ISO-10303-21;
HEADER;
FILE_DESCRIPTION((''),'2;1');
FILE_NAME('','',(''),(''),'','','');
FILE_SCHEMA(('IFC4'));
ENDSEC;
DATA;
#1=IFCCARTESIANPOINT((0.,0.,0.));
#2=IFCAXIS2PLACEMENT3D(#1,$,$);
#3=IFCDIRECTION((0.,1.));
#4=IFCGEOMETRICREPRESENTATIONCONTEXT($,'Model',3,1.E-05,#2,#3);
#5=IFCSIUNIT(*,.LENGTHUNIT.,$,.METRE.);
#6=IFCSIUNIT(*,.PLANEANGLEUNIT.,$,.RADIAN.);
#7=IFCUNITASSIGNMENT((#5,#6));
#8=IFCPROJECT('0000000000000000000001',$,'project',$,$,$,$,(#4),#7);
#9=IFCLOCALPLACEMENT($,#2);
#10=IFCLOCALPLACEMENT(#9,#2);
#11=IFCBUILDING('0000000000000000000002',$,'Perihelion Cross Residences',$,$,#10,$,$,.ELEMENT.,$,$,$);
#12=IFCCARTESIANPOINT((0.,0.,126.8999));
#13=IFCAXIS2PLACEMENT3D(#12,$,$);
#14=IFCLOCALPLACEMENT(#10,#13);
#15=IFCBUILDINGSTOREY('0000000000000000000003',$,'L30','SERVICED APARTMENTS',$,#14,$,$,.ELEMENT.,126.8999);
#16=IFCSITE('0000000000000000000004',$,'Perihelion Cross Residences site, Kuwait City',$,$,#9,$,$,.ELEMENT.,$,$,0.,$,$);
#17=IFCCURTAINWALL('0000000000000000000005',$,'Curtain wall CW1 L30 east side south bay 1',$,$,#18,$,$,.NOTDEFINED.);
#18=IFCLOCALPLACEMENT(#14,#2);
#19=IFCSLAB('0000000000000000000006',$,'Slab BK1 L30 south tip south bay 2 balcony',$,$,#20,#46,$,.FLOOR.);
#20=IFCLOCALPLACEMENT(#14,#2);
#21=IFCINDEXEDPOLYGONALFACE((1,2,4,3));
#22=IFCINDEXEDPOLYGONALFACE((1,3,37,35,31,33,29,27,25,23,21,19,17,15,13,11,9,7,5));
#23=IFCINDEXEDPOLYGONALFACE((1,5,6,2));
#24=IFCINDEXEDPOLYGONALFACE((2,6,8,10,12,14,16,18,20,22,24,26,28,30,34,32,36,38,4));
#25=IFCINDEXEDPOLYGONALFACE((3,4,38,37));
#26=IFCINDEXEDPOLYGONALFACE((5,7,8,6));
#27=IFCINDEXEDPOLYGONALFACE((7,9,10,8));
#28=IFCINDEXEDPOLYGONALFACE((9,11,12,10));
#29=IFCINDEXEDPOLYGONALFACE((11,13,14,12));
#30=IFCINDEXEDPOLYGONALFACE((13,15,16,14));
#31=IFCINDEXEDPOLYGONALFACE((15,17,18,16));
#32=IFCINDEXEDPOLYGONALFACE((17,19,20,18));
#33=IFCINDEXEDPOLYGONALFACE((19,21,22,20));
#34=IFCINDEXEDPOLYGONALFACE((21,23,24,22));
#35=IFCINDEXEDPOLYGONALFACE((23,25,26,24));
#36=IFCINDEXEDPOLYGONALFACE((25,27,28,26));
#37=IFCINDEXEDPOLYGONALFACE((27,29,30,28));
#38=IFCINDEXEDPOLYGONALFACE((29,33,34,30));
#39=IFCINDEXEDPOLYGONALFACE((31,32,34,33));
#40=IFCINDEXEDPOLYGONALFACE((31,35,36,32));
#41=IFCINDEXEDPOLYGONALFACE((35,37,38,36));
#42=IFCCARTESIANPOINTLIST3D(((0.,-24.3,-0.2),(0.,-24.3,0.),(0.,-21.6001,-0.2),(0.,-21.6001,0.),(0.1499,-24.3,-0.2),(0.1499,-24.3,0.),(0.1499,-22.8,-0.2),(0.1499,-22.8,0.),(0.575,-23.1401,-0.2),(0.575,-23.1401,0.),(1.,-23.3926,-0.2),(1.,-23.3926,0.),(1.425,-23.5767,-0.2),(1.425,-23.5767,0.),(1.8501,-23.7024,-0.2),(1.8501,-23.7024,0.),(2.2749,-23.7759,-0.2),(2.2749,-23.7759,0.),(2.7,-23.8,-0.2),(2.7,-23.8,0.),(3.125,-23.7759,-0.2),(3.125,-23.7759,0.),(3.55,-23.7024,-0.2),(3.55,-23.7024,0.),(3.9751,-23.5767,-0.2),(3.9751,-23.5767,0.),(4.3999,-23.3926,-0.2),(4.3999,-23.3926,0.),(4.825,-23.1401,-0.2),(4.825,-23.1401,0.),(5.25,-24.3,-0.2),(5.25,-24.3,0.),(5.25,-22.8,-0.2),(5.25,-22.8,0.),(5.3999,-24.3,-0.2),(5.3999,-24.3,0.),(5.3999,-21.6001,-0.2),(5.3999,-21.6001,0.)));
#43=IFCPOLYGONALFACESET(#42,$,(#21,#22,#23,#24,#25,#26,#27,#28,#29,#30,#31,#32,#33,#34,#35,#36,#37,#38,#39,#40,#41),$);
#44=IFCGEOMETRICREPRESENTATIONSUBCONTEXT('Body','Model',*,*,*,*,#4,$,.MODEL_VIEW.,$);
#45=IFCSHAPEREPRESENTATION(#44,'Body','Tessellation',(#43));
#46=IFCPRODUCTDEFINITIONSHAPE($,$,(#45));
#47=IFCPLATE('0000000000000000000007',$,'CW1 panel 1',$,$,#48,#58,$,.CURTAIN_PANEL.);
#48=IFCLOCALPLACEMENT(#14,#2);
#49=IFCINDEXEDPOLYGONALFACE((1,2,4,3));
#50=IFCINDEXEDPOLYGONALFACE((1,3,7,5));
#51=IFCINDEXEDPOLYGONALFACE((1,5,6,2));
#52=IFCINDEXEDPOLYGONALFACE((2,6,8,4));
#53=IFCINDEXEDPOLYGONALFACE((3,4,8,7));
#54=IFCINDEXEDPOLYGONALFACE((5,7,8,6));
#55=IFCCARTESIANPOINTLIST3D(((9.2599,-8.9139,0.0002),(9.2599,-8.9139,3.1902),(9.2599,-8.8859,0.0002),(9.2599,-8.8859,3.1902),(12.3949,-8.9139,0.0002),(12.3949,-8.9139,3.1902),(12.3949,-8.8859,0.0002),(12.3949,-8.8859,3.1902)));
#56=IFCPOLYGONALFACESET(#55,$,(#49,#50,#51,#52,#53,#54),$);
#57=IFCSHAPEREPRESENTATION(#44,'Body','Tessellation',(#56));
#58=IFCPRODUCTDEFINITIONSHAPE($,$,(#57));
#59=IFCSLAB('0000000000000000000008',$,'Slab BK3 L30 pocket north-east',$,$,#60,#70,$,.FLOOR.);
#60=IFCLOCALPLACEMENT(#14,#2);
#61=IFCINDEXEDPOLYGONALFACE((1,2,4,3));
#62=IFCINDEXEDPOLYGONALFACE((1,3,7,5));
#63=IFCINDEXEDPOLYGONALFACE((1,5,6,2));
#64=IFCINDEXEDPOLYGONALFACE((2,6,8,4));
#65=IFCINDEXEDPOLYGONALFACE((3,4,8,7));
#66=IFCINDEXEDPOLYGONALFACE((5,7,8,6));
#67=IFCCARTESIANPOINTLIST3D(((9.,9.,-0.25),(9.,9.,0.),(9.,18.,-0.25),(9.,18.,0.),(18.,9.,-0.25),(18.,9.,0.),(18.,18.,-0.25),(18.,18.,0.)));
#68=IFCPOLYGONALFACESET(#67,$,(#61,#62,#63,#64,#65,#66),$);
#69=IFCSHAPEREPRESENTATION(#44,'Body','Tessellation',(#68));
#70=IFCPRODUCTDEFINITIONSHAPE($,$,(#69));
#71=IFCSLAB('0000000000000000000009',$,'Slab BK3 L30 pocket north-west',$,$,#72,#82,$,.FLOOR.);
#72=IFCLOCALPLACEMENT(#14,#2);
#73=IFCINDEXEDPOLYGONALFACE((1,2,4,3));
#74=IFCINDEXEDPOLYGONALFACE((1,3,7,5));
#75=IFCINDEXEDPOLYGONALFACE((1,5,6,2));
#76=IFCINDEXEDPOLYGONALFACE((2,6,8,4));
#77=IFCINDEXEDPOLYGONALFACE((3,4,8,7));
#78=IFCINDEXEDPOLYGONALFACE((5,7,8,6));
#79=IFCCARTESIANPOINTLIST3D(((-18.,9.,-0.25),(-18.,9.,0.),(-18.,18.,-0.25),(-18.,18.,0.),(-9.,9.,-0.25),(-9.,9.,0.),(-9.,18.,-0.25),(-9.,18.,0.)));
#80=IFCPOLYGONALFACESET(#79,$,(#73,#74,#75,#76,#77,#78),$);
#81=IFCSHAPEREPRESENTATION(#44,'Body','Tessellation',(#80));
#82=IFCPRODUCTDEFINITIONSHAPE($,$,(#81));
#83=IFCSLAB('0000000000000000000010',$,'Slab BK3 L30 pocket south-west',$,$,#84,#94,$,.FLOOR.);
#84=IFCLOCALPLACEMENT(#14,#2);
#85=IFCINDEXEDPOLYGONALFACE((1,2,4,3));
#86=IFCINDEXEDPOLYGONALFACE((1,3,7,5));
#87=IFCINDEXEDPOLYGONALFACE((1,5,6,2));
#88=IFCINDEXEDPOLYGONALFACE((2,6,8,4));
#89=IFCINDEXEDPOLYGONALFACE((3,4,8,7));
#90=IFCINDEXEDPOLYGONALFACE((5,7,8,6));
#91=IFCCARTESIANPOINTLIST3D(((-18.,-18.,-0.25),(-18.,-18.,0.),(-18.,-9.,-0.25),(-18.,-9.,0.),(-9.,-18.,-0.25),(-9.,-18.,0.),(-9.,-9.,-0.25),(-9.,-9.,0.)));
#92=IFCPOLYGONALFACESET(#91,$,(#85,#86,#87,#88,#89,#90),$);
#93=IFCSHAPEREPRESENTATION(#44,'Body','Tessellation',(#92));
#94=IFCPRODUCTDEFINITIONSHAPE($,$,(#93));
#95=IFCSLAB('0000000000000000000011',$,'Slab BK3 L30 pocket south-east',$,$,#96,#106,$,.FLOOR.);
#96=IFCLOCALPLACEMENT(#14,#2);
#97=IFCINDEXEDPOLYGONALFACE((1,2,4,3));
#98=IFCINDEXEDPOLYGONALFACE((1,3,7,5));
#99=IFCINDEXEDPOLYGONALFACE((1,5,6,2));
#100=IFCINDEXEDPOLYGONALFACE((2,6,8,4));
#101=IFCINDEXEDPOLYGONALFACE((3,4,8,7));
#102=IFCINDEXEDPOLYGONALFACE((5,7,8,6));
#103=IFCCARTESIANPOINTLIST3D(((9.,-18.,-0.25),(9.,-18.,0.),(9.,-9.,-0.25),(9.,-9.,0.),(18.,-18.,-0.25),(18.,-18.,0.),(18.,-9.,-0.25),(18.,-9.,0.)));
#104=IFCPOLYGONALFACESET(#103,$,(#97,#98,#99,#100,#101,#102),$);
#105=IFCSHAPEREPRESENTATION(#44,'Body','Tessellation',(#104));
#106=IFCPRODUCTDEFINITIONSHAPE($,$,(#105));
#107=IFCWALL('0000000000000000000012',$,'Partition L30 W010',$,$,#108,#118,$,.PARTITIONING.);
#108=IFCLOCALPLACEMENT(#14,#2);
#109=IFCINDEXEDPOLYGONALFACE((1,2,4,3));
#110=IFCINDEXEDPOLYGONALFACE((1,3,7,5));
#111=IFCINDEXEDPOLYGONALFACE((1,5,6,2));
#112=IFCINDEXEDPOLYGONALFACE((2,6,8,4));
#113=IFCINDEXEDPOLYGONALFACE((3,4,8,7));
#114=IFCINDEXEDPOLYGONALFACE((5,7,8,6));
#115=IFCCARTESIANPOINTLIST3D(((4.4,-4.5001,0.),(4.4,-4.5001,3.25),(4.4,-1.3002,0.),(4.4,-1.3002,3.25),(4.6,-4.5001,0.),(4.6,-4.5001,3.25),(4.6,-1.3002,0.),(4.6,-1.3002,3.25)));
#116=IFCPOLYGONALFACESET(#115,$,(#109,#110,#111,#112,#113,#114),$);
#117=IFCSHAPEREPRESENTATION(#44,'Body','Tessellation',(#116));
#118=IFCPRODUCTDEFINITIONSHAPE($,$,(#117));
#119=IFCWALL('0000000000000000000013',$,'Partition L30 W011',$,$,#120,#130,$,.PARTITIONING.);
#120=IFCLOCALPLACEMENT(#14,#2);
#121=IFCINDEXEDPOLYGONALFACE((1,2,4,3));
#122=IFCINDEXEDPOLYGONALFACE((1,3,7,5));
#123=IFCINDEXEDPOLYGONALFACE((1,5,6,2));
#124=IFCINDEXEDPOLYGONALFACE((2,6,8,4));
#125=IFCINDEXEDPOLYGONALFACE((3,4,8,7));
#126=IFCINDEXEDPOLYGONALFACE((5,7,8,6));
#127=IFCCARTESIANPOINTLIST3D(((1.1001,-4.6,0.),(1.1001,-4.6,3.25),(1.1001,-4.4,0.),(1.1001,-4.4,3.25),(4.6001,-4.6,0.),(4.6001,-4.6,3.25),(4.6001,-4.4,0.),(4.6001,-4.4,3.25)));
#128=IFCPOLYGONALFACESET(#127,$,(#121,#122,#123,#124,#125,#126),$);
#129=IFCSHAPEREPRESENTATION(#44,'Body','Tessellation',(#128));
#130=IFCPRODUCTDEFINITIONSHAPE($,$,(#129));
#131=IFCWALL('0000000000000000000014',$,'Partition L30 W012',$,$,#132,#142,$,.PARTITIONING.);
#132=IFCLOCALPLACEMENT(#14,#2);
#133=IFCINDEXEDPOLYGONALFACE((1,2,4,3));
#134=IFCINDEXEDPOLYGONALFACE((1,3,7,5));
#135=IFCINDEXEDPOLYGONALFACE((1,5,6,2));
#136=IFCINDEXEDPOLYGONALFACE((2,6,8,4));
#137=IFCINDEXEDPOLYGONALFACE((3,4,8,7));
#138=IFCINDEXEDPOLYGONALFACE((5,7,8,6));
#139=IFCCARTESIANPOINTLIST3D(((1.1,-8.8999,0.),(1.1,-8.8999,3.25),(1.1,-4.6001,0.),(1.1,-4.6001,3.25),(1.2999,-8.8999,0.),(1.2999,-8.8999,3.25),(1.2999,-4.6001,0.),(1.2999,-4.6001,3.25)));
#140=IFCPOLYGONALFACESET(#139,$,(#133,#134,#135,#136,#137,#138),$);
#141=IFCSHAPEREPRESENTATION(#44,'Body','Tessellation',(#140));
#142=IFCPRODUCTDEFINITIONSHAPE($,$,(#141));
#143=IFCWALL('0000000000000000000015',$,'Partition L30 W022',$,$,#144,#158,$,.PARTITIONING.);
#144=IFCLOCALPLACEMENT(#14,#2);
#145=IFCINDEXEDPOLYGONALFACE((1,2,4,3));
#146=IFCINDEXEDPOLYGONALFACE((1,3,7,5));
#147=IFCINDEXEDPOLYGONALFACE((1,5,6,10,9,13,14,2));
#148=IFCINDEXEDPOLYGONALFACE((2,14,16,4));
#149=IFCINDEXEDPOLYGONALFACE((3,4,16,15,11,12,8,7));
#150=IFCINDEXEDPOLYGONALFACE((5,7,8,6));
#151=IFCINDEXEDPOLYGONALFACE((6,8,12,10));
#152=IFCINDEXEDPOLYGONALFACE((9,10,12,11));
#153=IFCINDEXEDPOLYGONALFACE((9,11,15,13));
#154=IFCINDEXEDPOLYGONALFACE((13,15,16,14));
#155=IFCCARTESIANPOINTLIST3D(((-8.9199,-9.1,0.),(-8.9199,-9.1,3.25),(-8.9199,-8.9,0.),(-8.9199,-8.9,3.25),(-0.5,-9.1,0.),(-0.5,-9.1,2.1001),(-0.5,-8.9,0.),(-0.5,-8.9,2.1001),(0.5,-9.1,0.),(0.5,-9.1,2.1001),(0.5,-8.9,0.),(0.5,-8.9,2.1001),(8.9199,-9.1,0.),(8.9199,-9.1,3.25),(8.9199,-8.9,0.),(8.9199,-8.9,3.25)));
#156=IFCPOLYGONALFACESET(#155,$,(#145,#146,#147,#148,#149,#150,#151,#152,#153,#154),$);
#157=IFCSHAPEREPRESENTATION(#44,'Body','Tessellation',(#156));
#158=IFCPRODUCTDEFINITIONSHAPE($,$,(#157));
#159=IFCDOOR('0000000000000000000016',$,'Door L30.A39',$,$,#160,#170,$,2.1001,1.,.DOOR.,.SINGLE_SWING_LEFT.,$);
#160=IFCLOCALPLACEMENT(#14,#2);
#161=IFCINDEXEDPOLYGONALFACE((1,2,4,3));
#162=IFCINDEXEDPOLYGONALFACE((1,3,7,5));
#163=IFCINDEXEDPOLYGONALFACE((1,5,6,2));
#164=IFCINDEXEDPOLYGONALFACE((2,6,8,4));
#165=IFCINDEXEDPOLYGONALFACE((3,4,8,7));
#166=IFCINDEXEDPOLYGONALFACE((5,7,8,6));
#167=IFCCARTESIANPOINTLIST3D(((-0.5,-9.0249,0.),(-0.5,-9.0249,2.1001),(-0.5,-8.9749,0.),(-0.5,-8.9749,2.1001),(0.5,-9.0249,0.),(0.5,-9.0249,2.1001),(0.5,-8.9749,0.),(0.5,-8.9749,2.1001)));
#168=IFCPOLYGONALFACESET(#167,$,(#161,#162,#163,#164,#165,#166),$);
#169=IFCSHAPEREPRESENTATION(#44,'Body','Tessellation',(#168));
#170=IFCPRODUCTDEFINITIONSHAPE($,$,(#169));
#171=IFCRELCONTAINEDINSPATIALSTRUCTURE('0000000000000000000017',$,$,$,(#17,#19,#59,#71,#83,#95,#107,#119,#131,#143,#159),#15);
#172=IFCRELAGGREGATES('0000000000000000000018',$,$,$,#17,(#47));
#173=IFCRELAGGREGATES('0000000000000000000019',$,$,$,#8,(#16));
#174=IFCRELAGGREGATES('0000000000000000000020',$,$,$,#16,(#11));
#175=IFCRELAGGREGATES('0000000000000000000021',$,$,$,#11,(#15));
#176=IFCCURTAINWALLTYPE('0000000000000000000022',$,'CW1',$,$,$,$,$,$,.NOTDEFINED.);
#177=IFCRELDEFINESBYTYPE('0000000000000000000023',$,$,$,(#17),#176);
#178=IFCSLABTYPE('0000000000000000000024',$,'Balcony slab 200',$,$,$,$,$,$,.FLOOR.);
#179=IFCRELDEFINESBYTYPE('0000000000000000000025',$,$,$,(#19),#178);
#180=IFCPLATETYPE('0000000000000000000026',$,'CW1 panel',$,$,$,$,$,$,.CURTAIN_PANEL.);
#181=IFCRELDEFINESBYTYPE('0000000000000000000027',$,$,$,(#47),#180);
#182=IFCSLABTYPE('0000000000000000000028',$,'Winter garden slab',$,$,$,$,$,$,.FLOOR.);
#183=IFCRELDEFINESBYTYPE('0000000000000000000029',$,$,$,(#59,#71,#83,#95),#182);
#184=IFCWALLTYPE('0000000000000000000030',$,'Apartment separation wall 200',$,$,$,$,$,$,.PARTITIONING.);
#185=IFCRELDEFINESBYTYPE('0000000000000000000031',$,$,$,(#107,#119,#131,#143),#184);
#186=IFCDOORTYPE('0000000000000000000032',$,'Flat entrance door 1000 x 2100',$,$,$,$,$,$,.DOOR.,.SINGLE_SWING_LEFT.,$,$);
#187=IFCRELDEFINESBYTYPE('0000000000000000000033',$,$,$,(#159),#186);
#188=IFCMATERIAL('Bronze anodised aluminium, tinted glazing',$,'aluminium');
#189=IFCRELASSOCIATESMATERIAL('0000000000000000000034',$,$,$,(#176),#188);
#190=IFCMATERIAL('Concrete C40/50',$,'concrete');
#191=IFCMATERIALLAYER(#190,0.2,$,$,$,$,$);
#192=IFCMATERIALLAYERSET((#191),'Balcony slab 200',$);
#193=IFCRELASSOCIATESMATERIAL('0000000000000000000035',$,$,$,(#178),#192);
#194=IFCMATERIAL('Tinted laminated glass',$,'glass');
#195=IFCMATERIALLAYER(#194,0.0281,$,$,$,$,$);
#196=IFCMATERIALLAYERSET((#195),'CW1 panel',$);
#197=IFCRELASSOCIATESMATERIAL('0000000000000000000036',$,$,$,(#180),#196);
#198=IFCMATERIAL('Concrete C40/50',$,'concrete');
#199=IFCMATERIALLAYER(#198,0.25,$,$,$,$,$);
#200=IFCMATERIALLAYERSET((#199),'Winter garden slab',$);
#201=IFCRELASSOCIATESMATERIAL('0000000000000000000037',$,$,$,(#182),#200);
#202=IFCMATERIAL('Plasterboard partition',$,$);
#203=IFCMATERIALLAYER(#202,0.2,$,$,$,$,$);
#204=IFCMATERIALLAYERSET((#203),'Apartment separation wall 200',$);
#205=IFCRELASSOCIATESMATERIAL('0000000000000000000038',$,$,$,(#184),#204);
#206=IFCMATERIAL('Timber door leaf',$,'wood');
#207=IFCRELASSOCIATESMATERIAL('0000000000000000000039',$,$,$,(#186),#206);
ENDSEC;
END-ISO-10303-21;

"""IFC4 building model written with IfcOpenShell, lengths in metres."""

from ifc_helpers import new_model, si_unit, direction, frame, frame_2d, origin, origin_2d, place, context, subcontext, project, spatial, polyline, rectangle, outline, extrude, material, layer, layer_set, type_object, element, fill, aggregate, save


model = new_model("IFC4")

# Units and contexts
model_context = context("Model", 3, precision=1e-05, world=origin(), true_north=direction((0.0, 1.0)))
body_context = subcontext(model_context, "Body", "Model", "MODEL_VIEW")
ifc_project = project(units=[si_unit("LENGTHUNIT", "METRE"), si_unit("PLANEANGLEUNIT", "RADIAN")], contexts=[model_context])

# Site, building, storey
site_placement = place(None, origin())
site = spatial("IfcSite", under=ifc_project, at=site_placement, Name="Perihelion Cross Residences site, Kuwait City", CompositionType="ELEMENT", RefElevation=0.0)
building_placement = place(site_placement, origin())
building = spatial("IfcBuilding", under=site, at=building_placement, Name="Perihelion Cross Residences", CompositionType="ELEMENT")
storey_placement = place(building_placement, frame((0.0, 0.0, 126.8999)))
storey = spatial("IfcBuildingStorey", under=building, at=storey_placement, Name="L30", Description="SERVICED APARTMENTS", CompositionType="ELEMENT", Elevation=126.8999)

# Shared definitions
ifc_material_1 = material(Name="Bronze anodised aluminium, tinted glazing", Category="aluminium")
curtain_wall_type = type_object("IfcCurtainWallType", Name="CW1", PredefinedType="NOTDEFINED", material=ifc_material_1)

# Curtain wall
curtain_wall_1_placement = place(storey_placement, origin())
curtain_wall_1 = element("IfcCurtainWall", 1, at=curtain_wall_1_placement, inside=storey, type_object=curtain_wall_type, Name="Curtain wall CW1 L30 east side south bay 1", PredefinedType="NOTDEFINED")

# Slab
ifc_material_2 = material(Name="Concrete C40/50", Category="concrete")
ifc_layer_1 = layer(ifc_material_2, 0.2)
ifc_layer_set_1 = layer_set([ifc_layer_1], Name="Balcony slab 200")
slab_type_1 = type_object("IfcSlabType", Name="Balcony slab 200", PredefinedType="FLOOR", material=ifc_layer_set_1)
slab_1_placement = place(storey_placement, frame((0.0, 0.0, -0.2)))
element("IfcSlab", 2, at=slab_1_placement, inside=storey, type_object=slab_type_1, Name="Slab BK1 L30 south tip south bay 2 balcony", PredefinedType="FLOOR", context=body_context, shape_type="SweptSolid", body=[
    extrude(outline(polyline([(0.0, -21.6001), (5.3999, -21.6001), (5.3999, -24.3), (5.25, -24.3), (5.25, -22.8), (4.825, -23.1401), (4.3999, -23.3926), (3.9751, -23.5767), (3.55, -23.7024), (3.125, -23.7759), (2.7, -23.8), (2.2749, -23.7759), (1.8501, -23.7024), (1.425, -23.5767), (1.0, -23.3926), (0.575, -23.1401), (0.1499, -22.8), (0.1499, -24.3), (0.0, -24.3), (0.0, -21.6001)])), origin(), (0.0, 0.0, 1.0), 0.2),
])

# Plate
ifc_material_3 = material(Name="Tinted laminated glass", Category="glass")
ifc_layer_2 = layer(ifc_material_3, 0.0281)
ifc_layer_set_2 = layer_set([ifc_layer_2], Name="CW1 panel")
plate_type = type_object("IfcPlateType", Name="CW1 panel", PredefinedType="CURTAIN_PANEL", material=ifc_layer_set_2)
plate_placement = place(storey_placement, frame((10.8274, -8.8999, 0.0002), z_axis=(0.0, 0.0, 1.0), x_axis=(1.0, 0.0, 0.0)))
plate = element("IfcPlate", 3, at=plate_placement, type_object=plate_type, Name="CW1 panel 1", PredefinedType="CURTAIN_PANEL", context=body_context, shape_type="SweptSolid", body=[
    extrude(rectangle(XDim=3.135, YDim=0.0281, at=origin_2d()), origin(), (0.0, 0.0, 1.0), 3.1899),
])
aggregate(curtain_wall_1, [plate])

# Slabs
ifc_material_4 = material(Name="Concrete C40/50", Category="concrete")
ifc_layer_3 = layer(ifc_material_4, 0.25)
ifc_layer_set_3 = layer_set([ifc_layer_3], Name="Winter garden slab")
slab_type_2 = type_object("IfcSlabType", Name="Winter garden slab", PredefinedType="FLOOR", material=ifc_layer_set_3)
slab_2_placement = place(storey_placement, frame((0.0, 0.0, -0.25)))
element("IfcSlab", 4, at=slab_2_placement, inside=storey, type_object=slab_type_2, Name="Slab BK3 L30 pocket north-east", PredefinedType="FLOOR", context=body_context, shape_type="SweptSolid", body=[
    extrude(outline(polyline([(18.0, 9.0), (18.0, 18.0), (9.0, 18.0), (9.0, 9.0), (18.0, 9.0)])), origin(), (0.0, 0.0, 1.0), 0.25),
])
slab_3_placement = place(storey_placement, frame((0.0, 0.0, -0.25)))
element("IfcSlab", 5, at=slab_3_placement, inside=storey, type_object=slab_type_2, Name="Slab BK3 L30 pocket north-west", PredefinedType="FLOOR", context=body_context, shape_type="SweptSolid", body=[
    extrude(outline(polyline([(-9.0, 9.0), (-9.0, 18.0), (-18.0, 18.0), (-18.0, 9.0), (-9.0, 9.0)])), origin(), (0.0, 0.0, 1.0), 0.25),
])
slab_4_placement = place(storey_placement, frame((0.0, 0.0, -0.25)))
element("IfcSlab", 6, at=slab_4_placement, inside=storey, type_object=slab_type_2, Name="Slab BK3 L30 pocket south-west", PredefinedType="FLOOR", context=body_context, shape_type="SweptSolid", body=[
    extrude(outline(polyline([(-9.0, -18.0), (-9.0, -9.0), (-18.0, -9.0), (-18.0, -18.0), (-9.0, -18.0)])), origin(), (0.0, 0.0, 1.0), 0.25),
])
slab_5_placement = place(storey_placement, frame((0.0, 0.0, -0.25)))
element("IfcSlab", 7, at=slab_5_placement, inside=storey, type_object=slab_type_2, Name="Slab BK3 L30 pocket south-east", PredefinedType="FLOOR", context=body_context, shape_type="SweptSolid", body=[
    extrude(outline(polyline([(18.0, -18.0), (18.0, -9.0), (9.0, -9.0), (9.0, -18.0), (18.0, -18.0)])), origin(), (0.0, 0.0, 1.0), 0.25),
])

# Walls
ifc_material_5 = material(Name="Plasterboard partition")
ifc_layer_4 = layer(ifc_material_5, 0.2)
ifc_layer_set_4 = layer_set([ifc_layer_4], Name="Apartment separation wall 200")
wall_type_1 = type_object("IfcWallType", Name="Apartment separation wall 200", PredefinedType="PARTITIONING", material=ifc_layer_set_4)
wall_1_placement = place(storey_placement, frame((4.5, -1.3, 0.0), z_axis=(0.0, 0.0, 1.0), x_axis=(0.0, -1.0, 0.0)))
element("IfcWall", 8, at=wall_1_placement, inside=storey, type_object=wall_type_1, Name="Partition L30 W010", PredefinedType="PARTITIONING", context=body_context, shape_type="SweptSolid", body=[
    extrude(rectangle(XDim=3.2, YDim=0.2, at=frame_2d((1.6001, 0.0))), origin(), (0.0, 0.0, 1.0), 3.25),
])
wall_2_placement = place(storey_placement, frame((4.6001, -4.5, 0.0), z_axis=(0.0, 0.0, 1.0), x_axis=(-1.0, 0.0, 0.0)))
element("IfcWall", 9, at=wall_2_placement, inside=storey, type_object=wall_type_1, Name="Partition L30 W011", PredefinedType="PARTITIONING", context=body_context, shape_type="SweptSolid", body=[
    extrude(rectangle(XDim=3.5, YDim=0.2, at=frame_2d((1.75, 0.0))), origin(), (0.0, 0.0, 1.0), 3.25),
])
wall_3_placement = place(storey_placement, frame((1.2, -4.6001, 0.0), z_axis=(0.0, 0.0, 1.0), x_axis=(0.0, -1.0, 0.0)))
element("IfcWall", 10, at=wall_3_placement, inside=storey, type_object=wall_type_1, Name="Partition L30 W012", PredefinedType="PARTITIONING", context=body_context, shape_type="SweptSolid", body=[
    extrude(rectangle(XDim=4.2998, YDim=0.2, at=frame_2d((2.1499, 0.0))), origin(), (0.0, 0.0, 1.0), 3.25),
])

# Wall, opening, door
wall_4_placement = place(storey_placement, frame((8.9199, -9.0, 0.0), z_axis=(0.0, 0.0, 1.0), x_axis=(-1.0, 0.0, 0.0)))
wall_4 = element("IfcWall", 11, at=wall_4_placement, inside=storey, type_object=wall_type_1, Name="Partition L30 W022", PredefinedType="PARTITIONING", context=body_context, shape_type="SweptSolid", body=[
    extrude(rectangle(XDim=17.8398, YDim=0.2, at=frame_2d((8.9199, 0.0))), origin(), (0.0, 0.0, 1.0), 3.25),
])
opening_1_placement = place(wall_4_placement, frame((8.4199, 0.0, 0.0)))
opening_1 = element("IfcOpeningElement", 12, at=opening_1_placement, cuts=wall_4, PredefinedType="OPENING", context=body_context, shape_type="SweptSolid", body=[
    extrude(rectangle(XDim=1.0, YDim=2.1001, at=frame_2d((0.5, 1.05))), frame((0.0, 0.1099, 0.0), z_axis=(0.0, -1.0, 0.0), x_axis=(1.0, 0.0, 0.0)), (0.0, 0.0, 1.0), 0.22),
])
ifc_material_6 = material(Name="Timber door leaf", Category="wood")
door_type_1 = type_object("IfcDoorType", Name="Flat entrance door 1000 x 2100", OperationType="SINGLE_SWING_LEFT", PredefinedType="DOOR", material=ifc_material_6)
door_1_placement = place(opening_1_placement, origin())
door_1 = element("IfcDoor", 13, at=door_1_placement, inside=storey, type_object=door_type_1, Name="Door L30.A39", OperationType="SINGLE_SWING_LEFT", OverallHeight=2.1001, OverallWidth=1.0, PredefinedType="DOOR", context=body_context, shape_type="SweptSolid", body=[
    extrude(rectangle(XDim=1.0, YDim=2.1001, at=frame_2d((0.5, 1.05))), frame((0.0, 0.0249, 0.0), z_axis=(0.0, -1.0, 0.0), x_axis=(1.0, 0.0, 0.0)), (0.0, 0.0, 1.0), 0.05),
])
fill(opening_1, door_1)

save(model, "model.ifc")
